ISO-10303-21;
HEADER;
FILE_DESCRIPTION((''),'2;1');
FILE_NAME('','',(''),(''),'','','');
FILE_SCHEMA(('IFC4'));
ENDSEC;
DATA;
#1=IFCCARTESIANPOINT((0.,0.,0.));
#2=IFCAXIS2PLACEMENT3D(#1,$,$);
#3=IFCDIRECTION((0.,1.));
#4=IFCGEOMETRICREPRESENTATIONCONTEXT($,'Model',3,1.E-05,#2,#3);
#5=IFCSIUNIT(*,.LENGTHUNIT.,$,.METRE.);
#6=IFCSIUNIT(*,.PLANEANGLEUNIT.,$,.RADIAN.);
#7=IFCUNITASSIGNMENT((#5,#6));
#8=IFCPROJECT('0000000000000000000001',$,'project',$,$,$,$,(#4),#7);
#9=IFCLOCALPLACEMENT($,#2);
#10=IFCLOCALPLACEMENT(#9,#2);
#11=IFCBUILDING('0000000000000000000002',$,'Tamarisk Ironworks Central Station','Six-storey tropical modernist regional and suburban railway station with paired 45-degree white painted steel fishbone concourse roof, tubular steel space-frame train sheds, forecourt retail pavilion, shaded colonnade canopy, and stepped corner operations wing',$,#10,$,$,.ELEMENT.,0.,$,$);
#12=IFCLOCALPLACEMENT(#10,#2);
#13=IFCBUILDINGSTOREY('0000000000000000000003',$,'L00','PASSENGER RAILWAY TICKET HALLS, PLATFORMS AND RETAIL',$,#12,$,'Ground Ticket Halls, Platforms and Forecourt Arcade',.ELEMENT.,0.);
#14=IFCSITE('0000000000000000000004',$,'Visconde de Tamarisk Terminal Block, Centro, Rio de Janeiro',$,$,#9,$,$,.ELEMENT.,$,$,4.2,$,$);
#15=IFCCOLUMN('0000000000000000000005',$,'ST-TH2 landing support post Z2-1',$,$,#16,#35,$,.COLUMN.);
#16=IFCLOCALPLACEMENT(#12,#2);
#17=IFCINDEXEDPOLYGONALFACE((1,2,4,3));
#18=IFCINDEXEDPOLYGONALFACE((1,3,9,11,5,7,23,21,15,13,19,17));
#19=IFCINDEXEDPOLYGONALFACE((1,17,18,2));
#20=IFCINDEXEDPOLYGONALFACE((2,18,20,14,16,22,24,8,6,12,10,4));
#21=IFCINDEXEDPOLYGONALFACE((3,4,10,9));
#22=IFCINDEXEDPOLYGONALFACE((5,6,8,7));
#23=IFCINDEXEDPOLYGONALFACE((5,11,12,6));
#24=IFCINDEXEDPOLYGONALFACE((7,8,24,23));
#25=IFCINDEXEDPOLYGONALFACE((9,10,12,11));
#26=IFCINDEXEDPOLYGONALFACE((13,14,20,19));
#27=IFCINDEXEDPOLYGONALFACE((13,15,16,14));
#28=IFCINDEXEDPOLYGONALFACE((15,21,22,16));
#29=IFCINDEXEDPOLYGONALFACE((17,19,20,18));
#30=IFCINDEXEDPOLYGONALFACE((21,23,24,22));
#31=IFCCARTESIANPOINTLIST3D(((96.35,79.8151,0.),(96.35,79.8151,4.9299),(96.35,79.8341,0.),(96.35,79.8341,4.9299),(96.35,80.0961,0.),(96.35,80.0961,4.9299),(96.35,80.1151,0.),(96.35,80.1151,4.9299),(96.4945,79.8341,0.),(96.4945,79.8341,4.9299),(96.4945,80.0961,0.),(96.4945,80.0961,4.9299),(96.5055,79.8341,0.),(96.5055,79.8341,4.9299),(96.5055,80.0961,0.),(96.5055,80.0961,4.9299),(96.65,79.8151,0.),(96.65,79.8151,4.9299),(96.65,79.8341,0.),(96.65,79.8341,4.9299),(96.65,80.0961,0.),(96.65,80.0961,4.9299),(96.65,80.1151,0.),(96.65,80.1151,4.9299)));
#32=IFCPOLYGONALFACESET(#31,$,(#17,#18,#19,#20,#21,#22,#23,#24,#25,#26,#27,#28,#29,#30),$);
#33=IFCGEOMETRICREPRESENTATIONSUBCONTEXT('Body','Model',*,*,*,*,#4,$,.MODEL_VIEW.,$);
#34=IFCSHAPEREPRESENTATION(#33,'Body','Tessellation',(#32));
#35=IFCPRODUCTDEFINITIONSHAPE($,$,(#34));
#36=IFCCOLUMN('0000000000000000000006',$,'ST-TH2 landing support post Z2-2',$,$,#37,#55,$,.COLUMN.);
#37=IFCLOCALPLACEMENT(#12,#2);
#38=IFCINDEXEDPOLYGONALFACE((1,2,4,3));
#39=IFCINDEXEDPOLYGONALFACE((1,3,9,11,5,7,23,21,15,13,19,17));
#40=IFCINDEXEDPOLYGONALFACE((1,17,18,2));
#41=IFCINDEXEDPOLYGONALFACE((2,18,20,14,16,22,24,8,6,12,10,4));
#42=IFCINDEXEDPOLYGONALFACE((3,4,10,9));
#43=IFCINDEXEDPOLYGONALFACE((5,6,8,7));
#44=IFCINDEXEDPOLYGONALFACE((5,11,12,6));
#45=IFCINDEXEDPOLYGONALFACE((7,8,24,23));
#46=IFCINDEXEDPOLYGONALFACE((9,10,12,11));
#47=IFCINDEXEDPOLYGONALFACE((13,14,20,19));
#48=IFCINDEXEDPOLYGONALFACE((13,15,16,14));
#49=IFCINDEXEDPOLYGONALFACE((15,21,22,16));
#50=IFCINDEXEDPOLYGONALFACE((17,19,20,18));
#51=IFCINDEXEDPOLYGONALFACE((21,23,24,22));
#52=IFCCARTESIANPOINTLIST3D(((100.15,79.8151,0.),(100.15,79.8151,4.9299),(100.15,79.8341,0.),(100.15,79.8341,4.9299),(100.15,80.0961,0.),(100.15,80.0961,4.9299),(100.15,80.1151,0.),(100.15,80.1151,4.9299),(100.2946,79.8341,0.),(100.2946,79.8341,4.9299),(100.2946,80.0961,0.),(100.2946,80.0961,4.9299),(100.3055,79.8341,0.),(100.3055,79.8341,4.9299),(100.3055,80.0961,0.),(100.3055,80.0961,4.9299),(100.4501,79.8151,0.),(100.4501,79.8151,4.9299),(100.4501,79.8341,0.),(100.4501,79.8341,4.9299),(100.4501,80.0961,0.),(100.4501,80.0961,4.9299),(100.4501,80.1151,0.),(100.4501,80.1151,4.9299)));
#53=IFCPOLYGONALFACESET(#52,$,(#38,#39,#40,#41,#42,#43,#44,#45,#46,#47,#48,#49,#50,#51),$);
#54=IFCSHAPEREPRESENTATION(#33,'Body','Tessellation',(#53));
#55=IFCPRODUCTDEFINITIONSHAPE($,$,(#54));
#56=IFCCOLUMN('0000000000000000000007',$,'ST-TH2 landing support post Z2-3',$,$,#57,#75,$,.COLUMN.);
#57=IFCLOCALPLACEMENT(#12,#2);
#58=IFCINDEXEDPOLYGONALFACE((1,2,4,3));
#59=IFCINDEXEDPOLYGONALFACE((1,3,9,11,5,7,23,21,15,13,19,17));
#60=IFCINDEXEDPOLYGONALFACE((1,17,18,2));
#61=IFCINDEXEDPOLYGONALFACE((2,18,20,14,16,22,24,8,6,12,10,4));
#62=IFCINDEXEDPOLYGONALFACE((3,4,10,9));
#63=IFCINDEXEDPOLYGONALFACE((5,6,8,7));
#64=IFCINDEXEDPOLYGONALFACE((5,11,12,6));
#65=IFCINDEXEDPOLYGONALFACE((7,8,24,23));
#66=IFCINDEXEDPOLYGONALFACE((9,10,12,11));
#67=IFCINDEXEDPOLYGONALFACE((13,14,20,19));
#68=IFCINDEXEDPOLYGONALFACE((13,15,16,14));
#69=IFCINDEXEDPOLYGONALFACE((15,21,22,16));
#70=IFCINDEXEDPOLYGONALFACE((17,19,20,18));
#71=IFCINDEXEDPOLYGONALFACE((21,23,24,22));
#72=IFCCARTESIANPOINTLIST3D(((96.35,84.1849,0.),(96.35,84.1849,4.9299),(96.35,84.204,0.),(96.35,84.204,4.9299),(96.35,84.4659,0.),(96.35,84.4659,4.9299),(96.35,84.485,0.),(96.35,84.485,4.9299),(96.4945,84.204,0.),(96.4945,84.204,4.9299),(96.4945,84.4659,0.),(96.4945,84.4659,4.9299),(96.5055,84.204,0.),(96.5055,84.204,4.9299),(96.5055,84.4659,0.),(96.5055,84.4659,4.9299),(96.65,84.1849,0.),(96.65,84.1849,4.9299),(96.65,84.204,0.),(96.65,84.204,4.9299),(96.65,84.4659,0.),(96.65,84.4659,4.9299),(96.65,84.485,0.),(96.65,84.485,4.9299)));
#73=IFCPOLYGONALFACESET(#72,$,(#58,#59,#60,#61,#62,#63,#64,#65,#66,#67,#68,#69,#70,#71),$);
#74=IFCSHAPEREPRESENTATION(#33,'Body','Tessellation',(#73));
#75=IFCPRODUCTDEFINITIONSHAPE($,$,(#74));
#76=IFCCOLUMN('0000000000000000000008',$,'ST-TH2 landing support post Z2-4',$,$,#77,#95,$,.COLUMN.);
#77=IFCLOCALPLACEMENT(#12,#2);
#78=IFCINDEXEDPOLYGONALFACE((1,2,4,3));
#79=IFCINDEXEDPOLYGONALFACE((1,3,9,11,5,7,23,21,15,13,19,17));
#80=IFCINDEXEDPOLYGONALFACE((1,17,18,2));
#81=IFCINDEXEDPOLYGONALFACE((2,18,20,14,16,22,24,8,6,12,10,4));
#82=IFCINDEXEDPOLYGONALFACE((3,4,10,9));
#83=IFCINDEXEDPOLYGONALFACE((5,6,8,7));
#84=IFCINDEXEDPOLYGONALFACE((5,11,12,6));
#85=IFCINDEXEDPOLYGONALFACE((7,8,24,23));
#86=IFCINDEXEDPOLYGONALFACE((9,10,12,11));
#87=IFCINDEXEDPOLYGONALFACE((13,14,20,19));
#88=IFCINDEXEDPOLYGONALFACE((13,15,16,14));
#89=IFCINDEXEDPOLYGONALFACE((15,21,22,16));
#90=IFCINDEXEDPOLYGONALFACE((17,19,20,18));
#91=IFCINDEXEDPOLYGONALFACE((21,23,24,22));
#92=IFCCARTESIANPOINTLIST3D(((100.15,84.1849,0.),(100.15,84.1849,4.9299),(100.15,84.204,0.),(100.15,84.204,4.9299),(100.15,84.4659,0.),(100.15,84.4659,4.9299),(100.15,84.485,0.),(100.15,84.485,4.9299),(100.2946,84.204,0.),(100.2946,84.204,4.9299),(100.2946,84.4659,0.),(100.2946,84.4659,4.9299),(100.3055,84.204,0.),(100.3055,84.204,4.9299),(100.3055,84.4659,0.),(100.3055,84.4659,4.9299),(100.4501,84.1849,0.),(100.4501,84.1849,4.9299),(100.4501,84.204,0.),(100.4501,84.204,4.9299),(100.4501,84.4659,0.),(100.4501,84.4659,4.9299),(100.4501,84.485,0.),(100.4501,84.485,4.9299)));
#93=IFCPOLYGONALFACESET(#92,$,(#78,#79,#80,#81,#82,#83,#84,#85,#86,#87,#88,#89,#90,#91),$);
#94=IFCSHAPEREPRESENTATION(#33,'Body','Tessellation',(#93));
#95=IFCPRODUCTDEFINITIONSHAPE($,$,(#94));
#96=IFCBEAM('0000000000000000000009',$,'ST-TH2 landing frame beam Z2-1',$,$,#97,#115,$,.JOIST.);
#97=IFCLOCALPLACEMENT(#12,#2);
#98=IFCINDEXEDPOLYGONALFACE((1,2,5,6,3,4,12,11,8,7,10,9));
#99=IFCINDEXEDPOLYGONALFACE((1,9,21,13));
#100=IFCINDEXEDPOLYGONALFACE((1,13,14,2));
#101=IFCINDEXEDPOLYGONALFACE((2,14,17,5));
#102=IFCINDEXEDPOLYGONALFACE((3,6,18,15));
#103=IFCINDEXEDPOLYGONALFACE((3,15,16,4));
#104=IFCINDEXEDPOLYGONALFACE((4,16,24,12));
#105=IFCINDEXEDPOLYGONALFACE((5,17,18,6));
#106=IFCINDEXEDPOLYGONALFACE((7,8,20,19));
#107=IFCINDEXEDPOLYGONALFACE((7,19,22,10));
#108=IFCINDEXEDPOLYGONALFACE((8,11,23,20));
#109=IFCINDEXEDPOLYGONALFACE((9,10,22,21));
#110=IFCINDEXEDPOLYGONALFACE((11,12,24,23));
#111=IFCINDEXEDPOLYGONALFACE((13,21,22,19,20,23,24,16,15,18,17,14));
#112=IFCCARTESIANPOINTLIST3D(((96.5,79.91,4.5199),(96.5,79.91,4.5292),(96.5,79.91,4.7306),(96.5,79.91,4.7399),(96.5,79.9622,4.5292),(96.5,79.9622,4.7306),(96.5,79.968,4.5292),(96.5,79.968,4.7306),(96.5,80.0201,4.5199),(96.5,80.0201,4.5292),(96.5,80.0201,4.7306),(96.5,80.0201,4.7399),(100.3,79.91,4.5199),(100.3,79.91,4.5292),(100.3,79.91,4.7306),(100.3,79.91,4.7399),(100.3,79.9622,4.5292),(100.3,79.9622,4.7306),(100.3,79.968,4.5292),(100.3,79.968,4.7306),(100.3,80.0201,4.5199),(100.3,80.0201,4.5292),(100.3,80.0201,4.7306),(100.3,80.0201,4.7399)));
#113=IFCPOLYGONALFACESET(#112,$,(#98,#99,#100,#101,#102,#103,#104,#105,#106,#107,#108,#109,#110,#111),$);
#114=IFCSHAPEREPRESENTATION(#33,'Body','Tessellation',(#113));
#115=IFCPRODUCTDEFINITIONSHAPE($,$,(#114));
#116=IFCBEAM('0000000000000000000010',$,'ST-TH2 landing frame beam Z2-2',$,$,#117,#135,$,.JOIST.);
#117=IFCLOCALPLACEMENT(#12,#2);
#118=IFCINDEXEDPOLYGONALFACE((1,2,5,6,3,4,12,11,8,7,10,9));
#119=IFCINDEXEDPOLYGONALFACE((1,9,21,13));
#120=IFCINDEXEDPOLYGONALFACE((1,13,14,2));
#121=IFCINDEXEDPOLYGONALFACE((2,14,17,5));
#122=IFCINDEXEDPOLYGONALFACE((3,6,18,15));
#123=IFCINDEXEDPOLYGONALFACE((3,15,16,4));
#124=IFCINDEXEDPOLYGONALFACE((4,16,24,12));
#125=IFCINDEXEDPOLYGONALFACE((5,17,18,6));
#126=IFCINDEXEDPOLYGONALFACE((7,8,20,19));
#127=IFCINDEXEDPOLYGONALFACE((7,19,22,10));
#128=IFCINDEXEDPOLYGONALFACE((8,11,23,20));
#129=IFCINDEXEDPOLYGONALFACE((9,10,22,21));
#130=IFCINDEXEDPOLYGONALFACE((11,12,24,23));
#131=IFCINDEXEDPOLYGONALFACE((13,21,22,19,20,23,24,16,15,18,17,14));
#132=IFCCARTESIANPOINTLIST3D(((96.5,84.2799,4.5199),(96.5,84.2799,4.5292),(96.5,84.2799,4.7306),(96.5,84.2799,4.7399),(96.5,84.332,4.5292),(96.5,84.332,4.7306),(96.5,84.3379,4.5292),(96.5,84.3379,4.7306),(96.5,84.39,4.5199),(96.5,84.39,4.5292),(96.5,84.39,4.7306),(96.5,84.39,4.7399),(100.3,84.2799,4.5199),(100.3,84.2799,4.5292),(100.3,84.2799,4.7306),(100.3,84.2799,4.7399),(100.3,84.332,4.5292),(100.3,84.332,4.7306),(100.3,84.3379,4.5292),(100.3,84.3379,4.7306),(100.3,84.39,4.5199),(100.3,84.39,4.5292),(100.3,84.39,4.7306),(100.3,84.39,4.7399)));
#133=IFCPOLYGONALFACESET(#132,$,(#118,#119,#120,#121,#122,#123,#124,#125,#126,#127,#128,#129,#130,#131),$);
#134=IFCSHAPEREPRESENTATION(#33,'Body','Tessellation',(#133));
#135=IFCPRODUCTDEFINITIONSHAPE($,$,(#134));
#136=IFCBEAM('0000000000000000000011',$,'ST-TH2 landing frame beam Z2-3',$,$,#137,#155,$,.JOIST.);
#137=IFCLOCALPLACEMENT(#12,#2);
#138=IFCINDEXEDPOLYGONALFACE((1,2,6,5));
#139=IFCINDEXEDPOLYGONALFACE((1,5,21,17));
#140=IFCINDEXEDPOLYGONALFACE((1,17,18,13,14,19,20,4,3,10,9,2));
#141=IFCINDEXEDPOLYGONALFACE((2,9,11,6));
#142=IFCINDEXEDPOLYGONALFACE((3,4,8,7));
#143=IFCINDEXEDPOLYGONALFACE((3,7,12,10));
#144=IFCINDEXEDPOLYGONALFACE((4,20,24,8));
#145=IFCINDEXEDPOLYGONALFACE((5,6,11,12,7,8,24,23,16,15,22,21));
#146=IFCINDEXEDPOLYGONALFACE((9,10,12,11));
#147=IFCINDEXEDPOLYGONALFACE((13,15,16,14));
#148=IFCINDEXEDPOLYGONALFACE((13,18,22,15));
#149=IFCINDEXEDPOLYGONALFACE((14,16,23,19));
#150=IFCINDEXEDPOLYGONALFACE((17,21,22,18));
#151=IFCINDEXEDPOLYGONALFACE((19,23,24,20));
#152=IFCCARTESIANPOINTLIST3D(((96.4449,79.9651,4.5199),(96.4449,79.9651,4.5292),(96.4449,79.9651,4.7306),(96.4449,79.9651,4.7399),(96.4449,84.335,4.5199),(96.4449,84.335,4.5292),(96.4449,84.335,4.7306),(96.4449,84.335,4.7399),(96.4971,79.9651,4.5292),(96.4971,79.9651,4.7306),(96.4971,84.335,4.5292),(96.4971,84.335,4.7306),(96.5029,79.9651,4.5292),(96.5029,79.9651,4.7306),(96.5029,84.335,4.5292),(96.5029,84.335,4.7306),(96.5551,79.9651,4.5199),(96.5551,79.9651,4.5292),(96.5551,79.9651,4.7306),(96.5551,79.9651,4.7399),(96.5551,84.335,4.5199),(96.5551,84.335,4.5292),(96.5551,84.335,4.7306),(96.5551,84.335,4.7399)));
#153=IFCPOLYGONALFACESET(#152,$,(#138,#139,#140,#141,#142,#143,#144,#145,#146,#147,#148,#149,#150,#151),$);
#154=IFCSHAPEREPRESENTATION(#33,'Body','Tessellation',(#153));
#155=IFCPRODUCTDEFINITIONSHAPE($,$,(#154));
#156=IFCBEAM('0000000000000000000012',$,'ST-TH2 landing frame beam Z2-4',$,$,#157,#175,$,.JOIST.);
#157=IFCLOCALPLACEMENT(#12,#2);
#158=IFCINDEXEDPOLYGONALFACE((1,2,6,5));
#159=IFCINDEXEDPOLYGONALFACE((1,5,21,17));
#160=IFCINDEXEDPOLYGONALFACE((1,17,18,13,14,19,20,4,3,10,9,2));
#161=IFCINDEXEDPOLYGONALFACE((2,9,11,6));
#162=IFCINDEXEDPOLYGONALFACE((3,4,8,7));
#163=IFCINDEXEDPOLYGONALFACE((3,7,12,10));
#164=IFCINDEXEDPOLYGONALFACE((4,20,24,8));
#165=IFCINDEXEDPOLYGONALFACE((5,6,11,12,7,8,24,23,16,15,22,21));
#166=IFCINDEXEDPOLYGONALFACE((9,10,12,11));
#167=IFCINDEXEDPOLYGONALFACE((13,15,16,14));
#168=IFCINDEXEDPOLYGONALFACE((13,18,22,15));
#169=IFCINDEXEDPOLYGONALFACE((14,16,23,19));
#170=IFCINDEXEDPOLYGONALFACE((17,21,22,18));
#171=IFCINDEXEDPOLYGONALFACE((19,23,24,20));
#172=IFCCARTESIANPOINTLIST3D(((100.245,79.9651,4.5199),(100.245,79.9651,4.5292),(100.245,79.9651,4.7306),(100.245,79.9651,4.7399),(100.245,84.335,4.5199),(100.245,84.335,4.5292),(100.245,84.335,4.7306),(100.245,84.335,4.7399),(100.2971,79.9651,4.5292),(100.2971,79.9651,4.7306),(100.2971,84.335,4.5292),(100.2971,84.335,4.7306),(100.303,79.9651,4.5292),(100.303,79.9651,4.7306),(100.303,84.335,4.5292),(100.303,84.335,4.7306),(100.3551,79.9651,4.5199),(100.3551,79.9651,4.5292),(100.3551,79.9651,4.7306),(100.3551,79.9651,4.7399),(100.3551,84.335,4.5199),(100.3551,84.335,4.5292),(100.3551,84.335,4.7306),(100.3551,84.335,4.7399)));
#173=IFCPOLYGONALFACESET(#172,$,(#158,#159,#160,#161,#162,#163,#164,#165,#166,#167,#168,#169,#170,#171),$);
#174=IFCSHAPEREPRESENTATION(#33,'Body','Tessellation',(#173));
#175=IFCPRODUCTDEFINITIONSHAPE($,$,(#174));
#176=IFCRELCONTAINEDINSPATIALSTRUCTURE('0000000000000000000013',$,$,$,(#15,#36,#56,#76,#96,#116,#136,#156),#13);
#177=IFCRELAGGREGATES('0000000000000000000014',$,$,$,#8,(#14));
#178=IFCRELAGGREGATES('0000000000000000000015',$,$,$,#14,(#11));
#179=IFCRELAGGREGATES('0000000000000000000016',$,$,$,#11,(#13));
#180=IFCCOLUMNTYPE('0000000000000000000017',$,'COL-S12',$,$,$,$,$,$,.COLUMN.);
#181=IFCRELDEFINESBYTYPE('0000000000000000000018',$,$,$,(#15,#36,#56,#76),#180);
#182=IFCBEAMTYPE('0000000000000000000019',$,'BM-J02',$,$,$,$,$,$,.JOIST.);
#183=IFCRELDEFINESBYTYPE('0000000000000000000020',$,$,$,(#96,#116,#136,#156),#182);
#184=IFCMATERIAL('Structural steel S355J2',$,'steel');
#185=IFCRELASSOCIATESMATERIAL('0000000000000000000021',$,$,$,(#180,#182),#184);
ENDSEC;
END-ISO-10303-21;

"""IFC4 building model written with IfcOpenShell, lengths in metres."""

from ifc_helpers import new_model, si_unit, direction, frame, origin, origin_2d, place, context, subcontext, project, spatial, i_section, extrude, material, material_profile, profile_set, type_object, element, save


model = new_model("IFC4")

# Units and contexts
model_context = context("Model", 3, precision=1e-05, world=origin(), true_north=direction((0.0, 1.0)))
body_context = subcontext(model_context, "Body", "Model", "MODEL_VIEW")
ifc_project = project(units=[si_unit("LENGTHUNIT", "METRE"), si_unit("PLANEANGLEUNIT", "RADIAN")], contexts=[model_context])

# Site, building, storey
site_placement = place(None, origin())
site = spatial("IfcSite", under=ifc_project, at=site_placement, Name="Visconde de Tamarisk Terminal Block, Centro, Rio de Janeiro", CompositionType="ELEMENT", RefElevation=4.2)
building_placement = place(site_placement, origin())
building = spatial("IfcBuilding", under=site, at=building_placement, Name="Tamarisk Ironworks Central Station", Description="Six-storey tropical modernist regional and suburban railway station with paired 45-degree white painted steel fishbone concourse roof, tubular steel space-frame train sheds, forecourt retail pavilion, shaded colonnade canopy, and stepped corner operations wing", CompositionType="ELEMENT", ElevationOfRefHeight=0.0)
storey_placement = place(building_placement, origin())
storey = spatial("IfcBuildingStorey", under=building, at=storey_placement, Name="L00", Description="PASSENGER RAILWAY TICKET HALLS, PLATFORMS AND RETAIL", LongName="Ground Ticket Halls, Platforms and Forecourt Arcade", CompositionType="ELEMENT", Elevation=0.0)

# Columns
ifc_material_1 = material(Name="Structural steel S355J2", Category="steel")
ifc_material_profile_1 = material_profile(ifc_material_1, i_section(OverallWidth=0.3, OverallDepth=0.3, WebThickness=0.011, FlangeThickness=0.019, at=origin_2d()), Name="HEB 300")
ifc_profile_set_1 = profile_set([ifc_material_profile_1], Name="Structural steel S355J2")
column_type = type_object("IfcColumnType", Name="COL-S12", PredefinedType="COLUMN", material=ifc_profile_set_1)
for number, where, z_axis, x_axis, name in (
    (1, (96.5, 79.9651, 0.0), (0.0, 0.0, 1.0), (1.0, 0.0, 0.0), "ST-TH2 landing support post Z2-1"),
    (2, (100.3, 79.9651, 0.0), (0.0, 0.0, 1.0), (1.0, 0.0, 0.0), "ST-TH2 landing support post Z2-2"),
    (3, (96.5, 84.335, 0.0), (0.0, 0.0, 1.0), (1.0, 0.0, 0.0), "ST-TH2 landing support post Z2-3"),
    (4, (100.3, 84.335, 0.0), (0.0, 0.0, 1.0), (1.0, 0.0, 0.0), "ST-TH2 landing support post Z2-4"),
):
    element("IfcColumn", number, at=place(storey_placement, frame(where, z_axis=z_axis, x_axis=x_axis)), inside=storey, type_object=column_type, Name=name, PredefinedType="COLUMN", context=body_context, shape_type="SweptSolid", body=[
        extrude(i_section(OverallWidth=0.3, OverallDepth=0.3, WebThickness=0.011, FlangeThickness=0.019, at=origin_2d()), origin(), (0.0, 0.0, 1.0), 4.9299),
    ])

# Beams
ifc_material_profile_2 = material_profile(ifc_material_1, i_section(OverallWidth=0.1101, OverallDepth=0.22, WebThickness=0.0059, FlangeThickness=0.0093, at=origin_2d()), Name="IPE 220")
ifc_profile_set_2 = profile_set([ifc_material_profile_2], Name="Structural steel S355J2")
beam_type = type_object("IfcBeamType", Name="BM-J02", PredefinedType="JOIST", material=ifc_profile_set_2)
for number, where, z_axis, x_axis, name in (
    (5, (96.5, 79.9651, 4.6299), (1.0, 0.0, 0.0), (0.0, 1.0, 0.0), "ST-TH2 landing frame beam Z2-1"),
    (6, (96.5, 84.335, 4.6299), (1.0, 0.0, 0.0), (0.0, 1.0, 0.0), "ST-TH2 landing frame beam Z2-2"),
):
    element("IfcBeam", number, at=place(storey_placement, frame(where, z_axis=z_axis, x_axis=x_axis)), inside=storey, type_object=beam_type, Name=name, PredefinedType="JOIST", context=body_context, shape_type="SweptSolid", body=[
        extrude(i_section(OverallWidth=0.1101, OverallDepth=0.22, WebThickness=0.0059, FlangeThickness=0.0093, at=origin_2d()), origin(), (0.0, 0.0, 1.0), 3.8),
    ])
for number, where, z_axis, x_axis, name in (
    (7, (96.5, 79.9651, 4.6299), (0.0, 1.0, 0.0), (-1.0, 0.0, 0.0), "ST-TH2 landing frame beam Z2-3"),
    (8, (100.3, 79.9651, 4.6299), (0.0, 1.0, 0.0), (-1.0, 0.0, 0.0), "ST-TH2 landing frame beam Z2-4"),
):
    element("IfcBeam", number, at=place(storey_placement, frame(where, z_axis=z_axis, x_axis=x_axis)), inside=storey, type_object=beam_type, Name=name, PredefinedType="JOIST", context=body_context, shape_type="SweptSolid", body=[
        extrude(i_section(OverallWidth=0.1101, OverallDepth=0.22, WebThickness=0.0059, FlangeThickness=0.0093, at=origin_2d()), origin(), (0.0, 0.0, 1.0), 4.3699),
    ])

save(model, "model.ifc")
